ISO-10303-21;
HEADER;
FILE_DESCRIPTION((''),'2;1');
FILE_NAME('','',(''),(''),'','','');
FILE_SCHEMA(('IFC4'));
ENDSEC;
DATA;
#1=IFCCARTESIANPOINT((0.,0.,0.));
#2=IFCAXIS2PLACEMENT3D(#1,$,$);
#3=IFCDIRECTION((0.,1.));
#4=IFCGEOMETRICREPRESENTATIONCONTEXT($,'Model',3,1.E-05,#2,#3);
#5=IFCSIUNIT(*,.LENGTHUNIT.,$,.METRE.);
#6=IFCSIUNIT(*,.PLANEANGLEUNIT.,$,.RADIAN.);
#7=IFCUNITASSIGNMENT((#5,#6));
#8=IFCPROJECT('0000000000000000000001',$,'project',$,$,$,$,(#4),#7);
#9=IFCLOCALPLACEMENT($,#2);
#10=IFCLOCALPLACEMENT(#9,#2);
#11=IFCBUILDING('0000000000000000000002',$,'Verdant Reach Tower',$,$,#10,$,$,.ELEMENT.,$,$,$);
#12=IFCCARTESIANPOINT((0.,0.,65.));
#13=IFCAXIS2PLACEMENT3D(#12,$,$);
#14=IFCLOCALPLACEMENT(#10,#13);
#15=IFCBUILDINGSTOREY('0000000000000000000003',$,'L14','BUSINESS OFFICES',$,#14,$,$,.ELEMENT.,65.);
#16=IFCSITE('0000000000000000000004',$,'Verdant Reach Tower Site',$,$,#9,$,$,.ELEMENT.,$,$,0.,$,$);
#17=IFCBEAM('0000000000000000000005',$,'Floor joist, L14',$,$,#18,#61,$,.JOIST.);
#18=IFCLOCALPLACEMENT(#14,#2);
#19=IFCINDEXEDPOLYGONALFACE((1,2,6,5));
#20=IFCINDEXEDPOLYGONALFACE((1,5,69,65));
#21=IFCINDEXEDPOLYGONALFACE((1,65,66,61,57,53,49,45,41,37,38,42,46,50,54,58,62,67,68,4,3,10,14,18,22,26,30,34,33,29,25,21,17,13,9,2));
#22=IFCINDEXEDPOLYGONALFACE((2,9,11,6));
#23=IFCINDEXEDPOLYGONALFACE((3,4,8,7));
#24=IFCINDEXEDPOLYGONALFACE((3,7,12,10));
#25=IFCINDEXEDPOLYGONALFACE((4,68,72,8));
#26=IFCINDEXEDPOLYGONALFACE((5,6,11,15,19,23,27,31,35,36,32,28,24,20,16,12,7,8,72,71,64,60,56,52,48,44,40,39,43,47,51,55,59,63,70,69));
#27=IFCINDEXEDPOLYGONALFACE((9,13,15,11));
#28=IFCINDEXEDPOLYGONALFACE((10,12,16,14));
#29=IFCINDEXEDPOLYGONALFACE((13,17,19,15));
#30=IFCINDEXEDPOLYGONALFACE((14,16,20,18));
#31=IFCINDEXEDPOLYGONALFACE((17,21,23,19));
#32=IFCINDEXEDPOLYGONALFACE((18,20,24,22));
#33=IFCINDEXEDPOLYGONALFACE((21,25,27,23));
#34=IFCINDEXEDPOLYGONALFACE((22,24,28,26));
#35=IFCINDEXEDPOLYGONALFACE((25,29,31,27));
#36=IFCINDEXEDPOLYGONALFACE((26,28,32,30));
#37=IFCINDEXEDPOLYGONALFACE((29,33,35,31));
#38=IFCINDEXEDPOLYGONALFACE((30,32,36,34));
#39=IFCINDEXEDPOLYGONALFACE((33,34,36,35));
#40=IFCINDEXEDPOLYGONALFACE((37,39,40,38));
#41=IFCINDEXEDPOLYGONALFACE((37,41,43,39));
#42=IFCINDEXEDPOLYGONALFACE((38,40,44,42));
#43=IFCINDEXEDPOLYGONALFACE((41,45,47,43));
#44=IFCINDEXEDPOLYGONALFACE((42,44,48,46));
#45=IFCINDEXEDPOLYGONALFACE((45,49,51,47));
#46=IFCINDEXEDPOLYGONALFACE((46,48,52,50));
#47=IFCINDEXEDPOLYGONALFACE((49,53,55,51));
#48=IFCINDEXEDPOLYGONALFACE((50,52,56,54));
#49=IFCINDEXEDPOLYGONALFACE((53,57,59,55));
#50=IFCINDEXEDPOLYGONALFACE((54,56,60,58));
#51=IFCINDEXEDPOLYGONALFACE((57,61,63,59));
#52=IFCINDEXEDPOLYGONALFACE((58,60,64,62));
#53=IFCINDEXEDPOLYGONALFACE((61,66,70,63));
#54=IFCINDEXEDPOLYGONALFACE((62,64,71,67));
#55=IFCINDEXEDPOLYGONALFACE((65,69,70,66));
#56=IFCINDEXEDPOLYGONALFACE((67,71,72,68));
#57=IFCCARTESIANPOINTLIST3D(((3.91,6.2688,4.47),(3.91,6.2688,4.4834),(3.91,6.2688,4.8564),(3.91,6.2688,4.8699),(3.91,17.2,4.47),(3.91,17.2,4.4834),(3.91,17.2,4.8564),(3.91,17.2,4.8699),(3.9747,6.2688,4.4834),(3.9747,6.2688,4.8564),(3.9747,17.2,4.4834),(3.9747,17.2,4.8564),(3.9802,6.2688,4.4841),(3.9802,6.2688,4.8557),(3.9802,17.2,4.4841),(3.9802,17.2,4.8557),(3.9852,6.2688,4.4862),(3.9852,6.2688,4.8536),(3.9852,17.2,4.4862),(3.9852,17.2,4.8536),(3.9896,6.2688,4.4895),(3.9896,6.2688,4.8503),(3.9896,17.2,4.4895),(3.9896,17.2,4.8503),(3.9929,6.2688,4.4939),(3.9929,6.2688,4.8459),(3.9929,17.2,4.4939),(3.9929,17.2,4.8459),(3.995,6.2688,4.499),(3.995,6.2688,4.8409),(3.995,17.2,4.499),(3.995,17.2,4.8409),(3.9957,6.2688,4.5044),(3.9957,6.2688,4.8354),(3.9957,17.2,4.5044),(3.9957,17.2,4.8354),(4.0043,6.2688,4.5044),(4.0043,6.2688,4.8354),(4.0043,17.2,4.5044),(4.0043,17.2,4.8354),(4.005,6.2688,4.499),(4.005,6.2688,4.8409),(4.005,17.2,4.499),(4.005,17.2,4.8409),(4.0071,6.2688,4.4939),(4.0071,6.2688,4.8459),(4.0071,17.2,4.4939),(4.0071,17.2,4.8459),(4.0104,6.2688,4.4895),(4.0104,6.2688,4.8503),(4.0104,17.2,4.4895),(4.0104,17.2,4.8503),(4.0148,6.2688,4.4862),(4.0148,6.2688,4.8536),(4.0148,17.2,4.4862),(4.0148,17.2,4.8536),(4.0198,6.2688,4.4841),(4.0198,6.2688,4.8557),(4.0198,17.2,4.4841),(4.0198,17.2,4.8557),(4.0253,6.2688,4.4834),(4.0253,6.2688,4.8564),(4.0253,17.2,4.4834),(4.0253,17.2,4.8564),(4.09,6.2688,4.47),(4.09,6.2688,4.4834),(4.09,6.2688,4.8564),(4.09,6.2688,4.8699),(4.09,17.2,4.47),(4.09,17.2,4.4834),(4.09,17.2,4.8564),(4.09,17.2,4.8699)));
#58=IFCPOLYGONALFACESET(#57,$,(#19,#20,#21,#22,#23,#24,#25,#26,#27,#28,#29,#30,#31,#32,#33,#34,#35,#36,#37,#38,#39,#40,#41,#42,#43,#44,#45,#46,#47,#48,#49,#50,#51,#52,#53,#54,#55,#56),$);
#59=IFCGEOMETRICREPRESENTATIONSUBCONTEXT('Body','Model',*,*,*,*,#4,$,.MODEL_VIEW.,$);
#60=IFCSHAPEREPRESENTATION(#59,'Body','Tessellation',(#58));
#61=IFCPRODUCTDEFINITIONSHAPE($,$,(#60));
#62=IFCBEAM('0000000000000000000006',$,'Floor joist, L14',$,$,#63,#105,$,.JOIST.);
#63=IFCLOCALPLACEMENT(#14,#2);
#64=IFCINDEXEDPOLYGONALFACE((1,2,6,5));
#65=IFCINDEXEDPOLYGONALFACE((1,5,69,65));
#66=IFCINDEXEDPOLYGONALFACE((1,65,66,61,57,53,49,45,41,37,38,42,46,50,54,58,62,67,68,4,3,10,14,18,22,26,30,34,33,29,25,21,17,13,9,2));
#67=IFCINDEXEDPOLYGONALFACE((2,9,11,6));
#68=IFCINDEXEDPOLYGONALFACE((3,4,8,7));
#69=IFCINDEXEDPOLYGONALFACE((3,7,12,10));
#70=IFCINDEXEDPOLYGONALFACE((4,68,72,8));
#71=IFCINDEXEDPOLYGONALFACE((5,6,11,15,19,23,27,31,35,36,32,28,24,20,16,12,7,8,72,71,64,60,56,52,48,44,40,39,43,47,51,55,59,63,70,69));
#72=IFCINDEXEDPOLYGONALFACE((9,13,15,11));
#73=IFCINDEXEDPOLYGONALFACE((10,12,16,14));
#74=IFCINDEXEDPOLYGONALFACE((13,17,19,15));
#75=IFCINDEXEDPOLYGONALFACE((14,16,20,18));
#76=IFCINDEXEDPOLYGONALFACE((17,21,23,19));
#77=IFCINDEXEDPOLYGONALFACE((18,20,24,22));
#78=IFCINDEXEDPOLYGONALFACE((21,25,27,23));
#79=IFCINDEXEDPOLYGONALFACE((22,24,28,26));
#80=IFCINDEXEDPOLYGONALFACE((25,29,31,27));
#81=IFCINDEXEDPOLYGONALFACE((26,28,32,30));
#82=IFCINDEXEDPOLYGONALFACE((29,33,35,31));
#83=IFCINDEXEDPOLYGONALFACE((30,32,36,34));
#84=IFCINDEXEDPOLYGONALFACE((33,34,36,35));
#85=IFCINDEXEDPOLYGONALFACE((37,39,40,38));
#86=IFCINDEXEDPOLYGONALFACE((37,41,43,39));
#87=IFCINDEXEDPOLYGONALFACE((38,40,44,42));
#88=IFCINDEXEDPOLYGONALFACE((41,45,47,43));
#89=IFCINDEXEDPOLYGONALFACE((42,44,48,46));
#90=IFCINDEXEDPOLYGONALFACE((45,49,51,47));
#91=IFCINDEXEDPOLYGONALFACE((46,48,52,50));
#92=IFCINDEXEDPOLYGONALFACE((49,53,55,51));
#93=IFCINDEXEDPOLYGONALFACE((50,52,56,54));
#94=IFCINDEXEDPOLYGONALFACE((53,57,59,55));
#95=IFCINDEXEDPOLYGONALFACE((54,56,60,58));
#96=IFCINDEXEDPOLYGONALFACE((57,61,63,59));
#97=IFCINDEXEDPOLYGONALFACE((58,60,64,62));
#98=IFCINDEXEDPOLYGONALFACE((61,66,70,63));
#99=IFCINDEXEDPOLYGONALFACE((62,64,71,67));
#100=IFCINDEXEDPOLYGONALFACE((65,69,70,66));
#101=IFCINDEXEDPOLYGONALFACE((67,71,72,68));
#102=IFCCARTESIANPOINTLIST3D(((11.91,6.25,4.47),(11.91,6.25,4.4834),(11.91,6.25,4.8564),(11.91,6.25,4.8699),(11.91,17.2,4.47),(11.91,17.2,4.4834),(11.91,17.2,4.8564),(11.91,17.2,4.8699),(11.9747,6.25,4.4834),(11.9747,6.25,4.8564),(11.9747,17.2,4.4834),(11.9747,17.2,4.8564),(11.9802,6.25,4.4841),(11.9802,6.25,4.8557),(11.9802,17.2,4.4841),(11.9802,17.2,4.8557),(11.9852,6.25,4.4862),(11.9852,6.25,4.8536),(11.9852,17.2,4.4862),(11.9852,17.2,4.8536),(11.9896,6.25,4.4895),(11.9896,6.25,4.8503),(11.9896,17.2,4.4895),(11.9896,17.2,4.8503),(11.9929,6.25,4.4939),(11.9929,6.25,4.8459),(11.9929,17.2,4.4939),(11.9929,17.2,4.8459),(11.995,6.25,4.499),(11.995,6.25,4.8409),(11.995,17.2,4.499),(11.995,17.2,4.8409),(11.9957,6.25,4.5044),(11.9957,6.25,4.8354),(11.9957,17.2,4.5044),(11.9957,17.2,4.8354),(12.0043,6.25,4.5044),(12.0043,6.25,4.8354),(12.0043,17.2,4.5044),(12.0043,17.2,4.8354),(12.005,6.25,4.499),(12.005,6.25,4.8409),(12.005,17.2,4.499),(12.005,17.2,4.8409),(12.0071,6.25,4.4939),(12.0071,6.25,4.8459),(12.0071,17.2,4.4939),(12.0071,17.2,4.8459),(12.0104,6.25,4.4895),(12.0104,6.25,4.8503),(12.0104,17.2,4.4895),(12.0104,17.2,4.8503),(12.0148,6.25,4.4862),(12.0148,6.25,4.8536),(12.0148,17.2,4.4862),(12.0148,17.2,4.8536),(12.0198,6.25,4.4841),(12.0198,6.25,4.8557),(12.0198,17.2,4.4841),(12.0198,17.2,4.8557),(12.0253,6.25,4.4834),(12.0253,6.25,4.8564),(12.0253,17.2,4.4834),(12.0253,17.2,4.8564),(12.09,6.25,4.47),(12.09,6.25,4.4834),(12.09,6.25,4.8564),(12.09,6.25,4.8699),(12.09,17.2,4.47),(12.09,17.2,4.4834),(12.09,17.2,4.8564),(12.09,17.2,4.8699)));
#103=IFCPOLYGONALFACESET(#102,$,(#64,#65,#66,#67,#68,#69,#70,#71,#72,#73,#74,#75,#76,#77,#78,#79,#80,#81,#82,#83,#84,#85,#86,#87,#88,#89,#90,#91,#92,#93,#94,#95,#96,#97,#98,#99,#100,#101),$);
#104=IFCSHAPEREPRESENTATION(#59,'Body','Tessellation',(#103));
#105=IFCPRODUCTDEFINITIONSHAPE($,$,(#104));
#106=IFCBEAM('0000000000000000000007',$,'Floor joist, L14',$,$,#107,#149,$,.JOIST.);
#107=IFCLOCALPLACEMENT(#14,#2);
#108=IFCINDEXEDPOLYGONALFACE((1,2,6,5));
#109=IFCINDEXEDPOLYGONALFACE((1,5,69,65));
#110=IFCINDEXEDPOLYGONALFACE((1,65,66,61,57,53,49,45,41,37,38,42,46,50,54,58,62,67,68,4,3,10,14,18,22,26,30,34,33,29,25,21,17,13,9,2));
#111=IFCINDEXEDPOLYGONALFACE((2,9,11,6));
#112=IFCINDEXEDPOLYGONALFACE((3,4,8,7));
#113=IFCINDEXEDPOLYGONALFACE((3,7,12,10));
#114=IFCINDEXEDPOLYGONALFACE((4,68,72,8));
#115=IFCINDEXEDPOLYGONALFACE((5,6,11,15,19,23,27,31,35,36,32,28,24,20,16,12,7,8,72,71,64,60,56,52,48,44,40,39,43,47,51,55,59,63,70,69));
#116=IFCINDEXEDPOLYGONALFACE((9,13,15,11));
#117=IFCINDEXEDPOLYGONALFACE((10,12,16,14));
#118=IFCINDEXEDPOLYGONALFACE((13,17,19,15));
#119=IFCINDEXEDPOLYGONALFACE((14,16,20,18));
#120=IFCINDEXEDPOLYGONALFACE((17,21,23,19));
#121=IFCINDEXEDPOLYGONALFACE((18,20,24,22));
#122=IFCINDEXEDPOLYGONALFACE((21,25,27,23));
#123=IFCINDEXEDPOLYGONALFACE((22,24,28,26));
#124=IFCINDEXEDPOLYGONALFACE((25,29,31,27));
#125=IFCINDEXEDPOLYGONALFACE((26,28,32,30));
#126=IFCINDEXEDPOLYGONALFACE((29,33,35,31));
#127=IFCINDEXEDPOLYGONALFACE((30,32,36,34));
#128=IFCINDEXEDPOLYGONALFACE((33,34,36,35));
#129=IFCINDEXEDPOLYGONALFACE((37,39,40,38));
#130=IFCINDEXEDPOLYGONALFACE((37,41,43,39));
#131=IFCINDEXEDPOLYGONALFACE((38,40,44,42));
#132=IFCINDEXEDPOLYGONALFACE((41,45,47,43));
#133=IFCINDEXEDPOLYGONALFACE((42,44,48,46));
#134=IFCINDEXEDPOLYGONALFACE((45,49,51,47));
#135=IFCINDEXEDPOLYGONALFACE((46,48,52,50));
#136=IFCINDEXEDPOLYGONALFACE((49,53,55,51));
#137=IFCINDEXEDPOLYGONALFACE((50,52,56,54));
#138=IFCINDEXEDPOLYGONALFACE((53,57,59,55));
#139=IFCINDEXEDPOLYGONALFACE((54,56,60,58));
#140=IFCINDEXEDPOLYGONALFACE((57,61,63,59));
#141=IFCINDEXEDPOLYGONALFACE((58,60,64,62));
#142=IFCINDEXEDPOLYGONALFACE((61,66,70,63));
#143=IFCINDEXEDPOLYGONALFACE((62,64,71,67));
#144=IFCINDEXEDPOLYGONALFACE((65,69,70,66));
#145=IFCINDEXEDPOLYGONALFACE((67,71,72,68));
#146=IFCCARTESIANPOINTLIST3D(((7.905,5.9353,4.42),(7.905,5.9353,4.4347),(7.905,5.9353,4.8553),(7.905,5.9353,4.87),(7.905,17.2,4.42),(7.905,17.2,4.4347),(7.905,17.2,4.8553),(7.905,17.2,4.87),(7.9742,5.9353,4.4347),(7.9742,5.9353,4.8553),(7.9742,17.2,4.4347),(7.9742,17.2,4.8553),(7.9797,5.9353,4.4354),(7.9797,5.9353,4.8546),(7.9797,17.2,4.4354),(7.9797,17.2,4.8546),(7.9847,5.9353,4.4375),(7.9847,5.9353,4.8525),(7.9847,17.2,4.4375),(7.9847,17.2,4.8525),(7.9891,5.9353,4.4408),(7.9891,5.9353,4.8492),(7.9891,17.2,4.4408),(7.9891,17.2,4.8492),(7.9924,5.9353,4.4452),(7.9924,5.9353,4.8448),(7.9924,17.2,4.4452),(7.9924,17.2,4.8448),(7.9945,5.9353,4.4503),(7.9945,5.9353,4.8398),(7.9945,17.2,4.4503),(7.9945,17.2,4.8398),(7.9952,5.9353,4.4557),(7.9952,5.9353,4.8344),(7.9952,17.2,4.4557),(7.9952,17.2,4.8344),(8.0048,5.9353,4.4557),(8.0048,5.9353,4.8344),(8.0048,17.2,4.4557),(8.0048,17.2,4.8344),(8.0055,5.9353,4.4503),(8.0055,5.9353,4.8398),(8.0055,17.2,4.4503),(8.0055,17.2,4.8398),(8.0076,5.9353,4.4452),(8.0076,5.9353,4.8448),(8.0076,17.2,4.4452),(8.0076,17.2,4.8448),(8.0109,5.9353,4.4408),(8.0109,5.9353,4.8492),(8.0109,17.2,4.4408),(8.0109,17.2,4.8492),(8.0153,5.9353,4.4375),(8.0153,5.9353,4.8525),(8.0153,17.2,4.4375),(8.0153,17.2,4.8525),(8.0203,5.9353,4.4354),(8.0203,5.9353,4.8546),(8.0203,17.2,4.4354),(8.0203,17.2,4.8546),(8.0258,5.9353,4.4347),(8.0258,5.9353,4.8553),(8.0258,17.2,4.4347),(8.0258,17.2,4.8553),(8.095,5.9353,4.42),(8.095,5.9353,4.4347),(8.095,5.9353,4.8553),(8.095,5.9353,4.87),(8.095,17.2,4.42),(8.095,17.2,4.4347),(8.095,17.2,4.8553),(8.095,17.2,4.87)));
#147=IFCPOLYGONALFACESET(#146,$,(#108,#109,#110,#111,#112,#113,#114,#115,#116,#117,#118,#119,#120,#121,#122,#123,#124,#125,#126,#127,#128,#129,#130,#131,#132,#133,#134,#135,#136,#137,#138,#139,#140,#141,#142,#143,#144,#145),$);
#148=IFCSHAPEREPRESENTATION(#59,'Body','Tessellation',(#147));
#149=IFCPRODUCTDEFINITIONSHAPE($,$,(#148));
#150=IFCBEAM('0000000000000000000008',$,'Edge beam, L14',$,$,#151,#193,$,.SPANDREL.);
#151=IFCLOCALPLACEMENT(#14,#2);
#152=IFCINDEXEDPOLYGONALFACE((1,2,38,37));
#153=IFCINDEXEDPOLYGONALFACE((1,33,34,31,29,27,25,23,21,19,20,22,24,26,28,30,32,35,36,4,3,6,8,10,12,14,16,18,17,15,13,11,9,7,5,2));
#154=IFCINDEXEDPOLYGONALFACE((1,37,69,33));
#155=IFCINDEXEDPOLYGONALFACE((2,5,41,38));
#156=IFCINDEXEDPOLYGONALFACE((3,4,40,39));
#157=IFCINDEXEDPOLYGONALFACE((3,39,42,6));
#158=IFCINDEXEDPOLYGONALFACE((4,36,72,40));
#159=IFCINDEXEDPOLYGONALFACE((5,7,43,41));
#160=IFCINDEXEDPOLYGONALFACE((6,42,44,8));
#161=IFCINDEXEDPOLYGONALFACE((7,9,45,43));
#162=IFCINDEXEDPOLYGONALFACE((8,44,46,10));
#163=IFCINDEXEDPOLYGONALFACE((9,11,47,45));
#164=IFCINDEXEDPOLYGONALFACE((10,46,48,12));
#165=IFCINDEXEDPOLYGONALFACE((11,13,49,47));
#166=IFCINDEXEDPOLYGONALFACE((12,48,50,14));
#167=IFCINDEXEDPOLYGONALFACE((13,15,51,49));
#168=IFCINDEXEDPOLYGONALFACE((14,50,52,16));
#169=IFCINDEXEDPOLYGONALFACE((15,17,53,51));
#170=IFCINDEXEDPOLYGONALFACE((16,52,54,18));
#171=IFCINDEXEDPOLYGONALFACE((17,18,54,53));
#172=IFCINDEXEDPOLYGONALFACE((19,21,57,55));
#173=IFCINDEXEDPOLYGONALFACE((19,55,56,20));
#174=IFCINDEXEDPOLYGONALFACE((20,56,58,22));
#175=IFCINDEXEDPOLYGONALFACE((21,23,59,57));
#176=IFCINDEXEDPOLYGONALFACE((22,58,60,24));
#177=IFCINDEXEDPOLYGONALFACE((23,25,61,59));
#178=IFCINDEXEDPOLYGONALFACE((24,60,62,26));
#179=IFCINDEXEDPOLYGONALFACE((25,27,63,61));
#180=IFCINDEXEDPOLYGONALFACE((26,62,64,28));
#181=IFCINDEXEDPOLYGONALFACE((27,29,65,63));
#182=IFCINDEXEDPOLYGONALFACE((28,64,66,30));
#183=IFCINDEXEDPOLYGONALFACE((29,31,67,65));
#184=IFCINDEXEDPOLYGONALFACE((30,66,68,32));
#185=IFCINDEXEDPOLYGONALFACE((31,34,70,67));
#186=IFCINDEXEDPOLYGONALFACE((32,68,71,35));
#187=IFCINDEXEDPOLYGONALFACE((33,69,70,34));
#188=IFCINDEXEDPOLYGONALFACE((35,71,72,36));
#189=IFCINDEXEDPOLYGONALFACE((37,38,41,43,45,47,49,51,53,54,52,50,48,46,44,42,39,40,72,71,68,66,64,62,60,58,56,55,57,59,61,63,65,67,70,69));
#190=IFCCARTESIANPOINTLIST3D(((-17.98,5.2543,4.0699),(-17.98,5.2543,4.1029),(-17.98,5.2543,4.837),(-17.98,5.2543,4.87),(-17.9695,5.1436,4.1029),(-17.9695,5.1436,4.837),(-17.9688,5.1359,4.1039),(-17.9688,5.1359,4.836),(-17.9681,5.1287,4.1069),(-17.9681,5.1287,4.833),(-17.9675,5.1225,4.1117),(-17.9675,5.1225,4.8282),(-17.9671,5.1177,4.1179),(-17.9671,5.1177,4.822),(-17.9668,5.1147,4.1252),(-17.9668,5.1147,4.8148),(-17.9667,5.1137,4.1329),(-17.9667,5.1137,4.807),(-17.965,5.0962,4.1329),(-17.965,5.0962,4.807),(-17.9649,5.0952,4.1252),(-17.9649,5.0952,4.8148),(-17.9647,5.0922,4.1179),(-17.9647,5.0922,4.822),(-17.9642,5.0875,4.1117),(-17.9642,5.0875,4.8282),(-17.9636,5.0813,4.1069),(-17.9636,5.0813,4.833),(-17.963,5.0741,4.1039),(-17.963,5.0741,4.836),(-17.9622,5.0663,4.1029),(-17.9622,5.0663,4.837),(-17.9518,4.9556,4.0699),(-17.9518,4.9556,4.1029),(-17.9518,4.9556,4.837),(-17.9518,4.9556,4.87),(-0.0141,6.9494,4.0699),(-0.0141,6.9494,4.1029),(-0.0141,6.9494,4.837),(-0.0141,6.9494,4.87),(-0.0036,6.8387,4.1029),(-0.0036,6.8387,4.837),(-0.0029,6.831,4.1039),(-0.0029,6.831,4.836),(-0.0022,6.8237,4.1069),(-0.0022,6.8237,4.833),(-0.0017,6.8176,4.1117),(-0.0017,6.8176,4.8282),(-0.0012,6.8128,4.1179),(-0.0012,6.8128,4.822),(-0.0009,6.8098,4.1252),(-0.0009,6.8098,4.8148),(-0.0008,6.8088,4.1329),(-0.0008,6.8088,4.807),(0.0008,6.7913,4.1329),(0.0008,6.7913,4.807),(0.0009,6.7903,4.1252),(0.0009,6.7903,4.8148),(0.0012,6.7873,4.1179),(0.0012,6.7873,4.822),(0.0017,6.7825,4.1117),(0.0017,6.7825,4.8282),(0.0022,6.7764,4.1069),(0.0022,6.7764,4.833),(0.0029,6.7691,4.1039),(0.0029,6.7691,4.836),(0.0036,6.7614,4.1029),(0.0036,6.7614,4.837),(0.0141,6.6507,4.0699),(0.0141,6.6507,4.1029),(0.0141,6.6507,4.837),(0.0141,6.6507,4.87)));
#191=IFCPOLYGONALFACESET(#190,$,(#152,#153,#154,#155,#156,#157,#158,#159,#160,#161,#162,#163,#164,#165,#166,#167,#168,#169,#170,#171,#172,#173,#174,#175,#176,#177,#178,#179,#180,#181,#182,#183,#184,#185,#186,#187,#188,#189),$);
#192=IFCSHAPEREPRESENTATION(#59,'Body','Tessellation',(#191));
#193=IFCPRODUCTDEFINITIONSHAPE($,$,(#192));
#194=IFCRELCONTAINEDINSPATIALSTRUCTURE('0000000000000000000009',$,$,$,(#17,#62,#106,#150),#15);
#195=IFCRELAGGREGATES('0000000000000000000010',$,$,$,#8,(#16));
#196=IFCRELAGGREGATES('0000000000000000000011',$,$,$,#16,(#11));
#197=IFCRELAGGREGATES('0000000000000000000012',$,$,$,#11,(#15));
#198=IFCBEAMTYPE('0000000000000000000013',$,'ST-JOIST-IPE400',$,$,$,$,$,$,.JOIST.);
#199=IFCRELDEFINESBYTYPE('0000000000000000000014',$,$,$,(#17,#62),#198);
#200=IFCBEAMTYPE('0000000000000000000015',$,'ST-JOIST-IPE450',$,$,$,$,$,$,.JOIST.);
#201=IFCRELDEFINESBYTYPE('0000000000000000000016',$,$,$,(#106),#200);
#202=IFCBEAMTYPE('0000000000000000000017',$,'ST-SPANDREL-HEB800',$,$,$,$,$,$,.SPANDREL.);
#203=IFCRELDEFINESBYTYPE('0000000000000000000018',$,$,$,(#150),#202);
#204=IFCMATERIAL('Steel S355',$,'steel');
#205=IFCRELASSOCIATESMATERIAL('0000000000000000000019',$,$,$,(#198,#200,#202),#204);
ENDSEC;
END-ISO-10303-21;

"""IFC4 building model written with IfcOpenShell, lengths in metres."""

from ifc_helpers import new_model, si_unit, direction, frame, origin, origin_2d, place, context, subcontext, project, spatial, i_section, extrude, material, material_profile, profile_set, type_object, element, save


model = new_model("IFC4")

# Units and contexts
model_context = context("Model", 3, precision=1e-05, world=origin(), true_north=direction((0.0, 1.0)))
body_context = subcontext(model_context, "Body", "Model", "MODEL_VIEW")
ifc_project = project(units=[si_unit("LENGTHUNIT", "METRE"), si_unit("PLANEANGLEUNIT", "RADIAN")], contexts=[model_context])

# Site, building, storey
site_placement = place(None, origin())
site = spatial("IfcSite", under=ifc_project, at=site_placement, Name="Verdant Reach Tower Site", CompositionType="ELEMENT", RefElevation=0.0)
building_placement = place(site_placement, origin())
building = spatial("IfcBuilding", under=site, at=building_placement, Name="Verdant Reach Tower", CompositionType="ELEMENT")
storey_placement = place(building_placement, frame((0.0, 0.0, 65.0)))
storey = spatial("IfcBuildingStorey", under=building, at=storey_placement, Name="L14", Description="BUSINESS OFFICES", CompositionType="ELEMENT", Elevation=65.0)

# Beams
ifc_material_1 = material(Name="Steel S355", Category="steel")
ifc_material_profile_1 = material_profile(ifc_material_1, i_section(OverallWidth=0.1799, OverallDepth=0.3999, WebThickness=0.0085, FlangeThickness=0.0134, FilletRadius=0.021, at=origin_2d()), Name="IPE 400")
ifc_profile_set_1 = profile_set([ifc_material_profile_1], Name="Steel S355")
beam_type_1 = type_object("IfcBeamType", Name="ST-JOIST-IPE400", PredefinedType="JOIST", material=ifc_profile_set_1)
beam_1_placement = place(storey_placement, frame((4.0, 17.2, 4.6699), z_axis=(0.0, -1.0, 0.0), x_axis=(1.0, 0.0, 0.0)))
element("IfcBeam", 1, at=beam_1_placement, inside=storey, type_object=beam_type_1, Name="Floor joist, L14", PredefinedType="JOIST", context=body_context, shape_type="SweptSolid", body=[
    extrude(i_section(OverallWidth=0.1799, OverallDepth=0.3999, WebThickness=0.0085, FlangeThickness=0.0134, FilletRadius=0.021, at=origin_2d()), origin(), (0.0, 0.0, 1.0), 10.9312),
])
beam_2_placement = place(storey_placement, frame((12.0, 17.2, 4.6699), z_axis=(0.0, -1.0, 0.0), x_axis=(1.0, 0.0, 0.0)))
element("IfcBeam", 2, at=beam_2_placement, inside=storey, type_object=beam_type_1, Name="Floor joist, L14", PredefinedType="JOIST", context=body_context, shape_type="SweptSolid", body=[
    extrude(i_section(OverallWidth=0.1799, OverallDepth=0.3999, WebThickness=0.0085, FlangeThickness=0.0134, FilletRadius=0.021, at=origin_2d()), origin(), (0.0, 0.0, 1.0), 10.95),
])
ifc_material_profile_2 = material_profile(ifc_material_1, i_section(OverallWidth=0.1899, OverallDepth=0.45, WebThickness=0.0095, FlangeThickness=0.0146, FilletRadius=0.021, at=origin_2d()), Name="IPE 450")
ifc_profile_set_2 = profile_set([ifc_material_profile_2], Name="Steel S355")
beam_type_2 = type_object("IfcBeamType", Name="ST-JOIST-IPE450", PredefinedType="JOIST", material=ifc_profile_set_2)
beam_3_placement = place(storey_placement, frame((8.0, 17.2, 4.645), z_axis=(0.0, -1.0, 0.0), x_axis=(1.0, 0.0, 0.0)))
element("IfcBeam", 3, at=beam_3_placement, inside=storey, type_object=beam_type_2, Name="Floor joist, L14", PredefinedType="JOIST", context=body_context, shape_type="SweptSolid", body=[
    extrude(i_section(OverallWidth=0.1899, OverallDepth=0.45, WebThickness=0.0095, FlangeThickness=0.0146, FilletRadius=0.021, at=origin_2d()), origin(), (0.0, 0.0, 1.0), 11.2646),
])
ifc_material_profile_3 = material_profile(ifc_material_1, i_section(OverallWidth=0.3, OverallDepth=0.8, WebThickness=0.0176, FlangeThickness=0.033, FilletRadius=0.03, at=origin_2d()), Name="HEB 800")
ifc_profile_set_3 = profile_set([ifc_material_profile_3], Name="Steel S355")
beam_type_3 = type_object("IfcBeamType", Name="ST-SPANDREL-HEB800", PredefinedType="SPANDREL", material=ifc_profile_set_3)
beam_4_placement = place(storey_placement, frame((0.0, 6.8, 4.47), z_axis=(-0.995579, -0.093932, 0.0), x_axis=(0.093932, -0.995579, 0.0)))
element("IfcBeam", 4, at=beam_4_placement, inside=storey, type_object=beam_type_3, Name="Edge beam, L14", PredefinedType="SPANDREL", context=body_context, shape_type="SweptSolid", body=[
    extrude(i_section(OverallWidth=0.3, OverallDepth=0.8, WebThickness=0.0176, FlangeThickness=0.033, FilletRadius=0.03, at=origin_2d()), origin(), (0.0, 0.0, 1.0), 18.0457),
])

save(model, "model.ifc")
